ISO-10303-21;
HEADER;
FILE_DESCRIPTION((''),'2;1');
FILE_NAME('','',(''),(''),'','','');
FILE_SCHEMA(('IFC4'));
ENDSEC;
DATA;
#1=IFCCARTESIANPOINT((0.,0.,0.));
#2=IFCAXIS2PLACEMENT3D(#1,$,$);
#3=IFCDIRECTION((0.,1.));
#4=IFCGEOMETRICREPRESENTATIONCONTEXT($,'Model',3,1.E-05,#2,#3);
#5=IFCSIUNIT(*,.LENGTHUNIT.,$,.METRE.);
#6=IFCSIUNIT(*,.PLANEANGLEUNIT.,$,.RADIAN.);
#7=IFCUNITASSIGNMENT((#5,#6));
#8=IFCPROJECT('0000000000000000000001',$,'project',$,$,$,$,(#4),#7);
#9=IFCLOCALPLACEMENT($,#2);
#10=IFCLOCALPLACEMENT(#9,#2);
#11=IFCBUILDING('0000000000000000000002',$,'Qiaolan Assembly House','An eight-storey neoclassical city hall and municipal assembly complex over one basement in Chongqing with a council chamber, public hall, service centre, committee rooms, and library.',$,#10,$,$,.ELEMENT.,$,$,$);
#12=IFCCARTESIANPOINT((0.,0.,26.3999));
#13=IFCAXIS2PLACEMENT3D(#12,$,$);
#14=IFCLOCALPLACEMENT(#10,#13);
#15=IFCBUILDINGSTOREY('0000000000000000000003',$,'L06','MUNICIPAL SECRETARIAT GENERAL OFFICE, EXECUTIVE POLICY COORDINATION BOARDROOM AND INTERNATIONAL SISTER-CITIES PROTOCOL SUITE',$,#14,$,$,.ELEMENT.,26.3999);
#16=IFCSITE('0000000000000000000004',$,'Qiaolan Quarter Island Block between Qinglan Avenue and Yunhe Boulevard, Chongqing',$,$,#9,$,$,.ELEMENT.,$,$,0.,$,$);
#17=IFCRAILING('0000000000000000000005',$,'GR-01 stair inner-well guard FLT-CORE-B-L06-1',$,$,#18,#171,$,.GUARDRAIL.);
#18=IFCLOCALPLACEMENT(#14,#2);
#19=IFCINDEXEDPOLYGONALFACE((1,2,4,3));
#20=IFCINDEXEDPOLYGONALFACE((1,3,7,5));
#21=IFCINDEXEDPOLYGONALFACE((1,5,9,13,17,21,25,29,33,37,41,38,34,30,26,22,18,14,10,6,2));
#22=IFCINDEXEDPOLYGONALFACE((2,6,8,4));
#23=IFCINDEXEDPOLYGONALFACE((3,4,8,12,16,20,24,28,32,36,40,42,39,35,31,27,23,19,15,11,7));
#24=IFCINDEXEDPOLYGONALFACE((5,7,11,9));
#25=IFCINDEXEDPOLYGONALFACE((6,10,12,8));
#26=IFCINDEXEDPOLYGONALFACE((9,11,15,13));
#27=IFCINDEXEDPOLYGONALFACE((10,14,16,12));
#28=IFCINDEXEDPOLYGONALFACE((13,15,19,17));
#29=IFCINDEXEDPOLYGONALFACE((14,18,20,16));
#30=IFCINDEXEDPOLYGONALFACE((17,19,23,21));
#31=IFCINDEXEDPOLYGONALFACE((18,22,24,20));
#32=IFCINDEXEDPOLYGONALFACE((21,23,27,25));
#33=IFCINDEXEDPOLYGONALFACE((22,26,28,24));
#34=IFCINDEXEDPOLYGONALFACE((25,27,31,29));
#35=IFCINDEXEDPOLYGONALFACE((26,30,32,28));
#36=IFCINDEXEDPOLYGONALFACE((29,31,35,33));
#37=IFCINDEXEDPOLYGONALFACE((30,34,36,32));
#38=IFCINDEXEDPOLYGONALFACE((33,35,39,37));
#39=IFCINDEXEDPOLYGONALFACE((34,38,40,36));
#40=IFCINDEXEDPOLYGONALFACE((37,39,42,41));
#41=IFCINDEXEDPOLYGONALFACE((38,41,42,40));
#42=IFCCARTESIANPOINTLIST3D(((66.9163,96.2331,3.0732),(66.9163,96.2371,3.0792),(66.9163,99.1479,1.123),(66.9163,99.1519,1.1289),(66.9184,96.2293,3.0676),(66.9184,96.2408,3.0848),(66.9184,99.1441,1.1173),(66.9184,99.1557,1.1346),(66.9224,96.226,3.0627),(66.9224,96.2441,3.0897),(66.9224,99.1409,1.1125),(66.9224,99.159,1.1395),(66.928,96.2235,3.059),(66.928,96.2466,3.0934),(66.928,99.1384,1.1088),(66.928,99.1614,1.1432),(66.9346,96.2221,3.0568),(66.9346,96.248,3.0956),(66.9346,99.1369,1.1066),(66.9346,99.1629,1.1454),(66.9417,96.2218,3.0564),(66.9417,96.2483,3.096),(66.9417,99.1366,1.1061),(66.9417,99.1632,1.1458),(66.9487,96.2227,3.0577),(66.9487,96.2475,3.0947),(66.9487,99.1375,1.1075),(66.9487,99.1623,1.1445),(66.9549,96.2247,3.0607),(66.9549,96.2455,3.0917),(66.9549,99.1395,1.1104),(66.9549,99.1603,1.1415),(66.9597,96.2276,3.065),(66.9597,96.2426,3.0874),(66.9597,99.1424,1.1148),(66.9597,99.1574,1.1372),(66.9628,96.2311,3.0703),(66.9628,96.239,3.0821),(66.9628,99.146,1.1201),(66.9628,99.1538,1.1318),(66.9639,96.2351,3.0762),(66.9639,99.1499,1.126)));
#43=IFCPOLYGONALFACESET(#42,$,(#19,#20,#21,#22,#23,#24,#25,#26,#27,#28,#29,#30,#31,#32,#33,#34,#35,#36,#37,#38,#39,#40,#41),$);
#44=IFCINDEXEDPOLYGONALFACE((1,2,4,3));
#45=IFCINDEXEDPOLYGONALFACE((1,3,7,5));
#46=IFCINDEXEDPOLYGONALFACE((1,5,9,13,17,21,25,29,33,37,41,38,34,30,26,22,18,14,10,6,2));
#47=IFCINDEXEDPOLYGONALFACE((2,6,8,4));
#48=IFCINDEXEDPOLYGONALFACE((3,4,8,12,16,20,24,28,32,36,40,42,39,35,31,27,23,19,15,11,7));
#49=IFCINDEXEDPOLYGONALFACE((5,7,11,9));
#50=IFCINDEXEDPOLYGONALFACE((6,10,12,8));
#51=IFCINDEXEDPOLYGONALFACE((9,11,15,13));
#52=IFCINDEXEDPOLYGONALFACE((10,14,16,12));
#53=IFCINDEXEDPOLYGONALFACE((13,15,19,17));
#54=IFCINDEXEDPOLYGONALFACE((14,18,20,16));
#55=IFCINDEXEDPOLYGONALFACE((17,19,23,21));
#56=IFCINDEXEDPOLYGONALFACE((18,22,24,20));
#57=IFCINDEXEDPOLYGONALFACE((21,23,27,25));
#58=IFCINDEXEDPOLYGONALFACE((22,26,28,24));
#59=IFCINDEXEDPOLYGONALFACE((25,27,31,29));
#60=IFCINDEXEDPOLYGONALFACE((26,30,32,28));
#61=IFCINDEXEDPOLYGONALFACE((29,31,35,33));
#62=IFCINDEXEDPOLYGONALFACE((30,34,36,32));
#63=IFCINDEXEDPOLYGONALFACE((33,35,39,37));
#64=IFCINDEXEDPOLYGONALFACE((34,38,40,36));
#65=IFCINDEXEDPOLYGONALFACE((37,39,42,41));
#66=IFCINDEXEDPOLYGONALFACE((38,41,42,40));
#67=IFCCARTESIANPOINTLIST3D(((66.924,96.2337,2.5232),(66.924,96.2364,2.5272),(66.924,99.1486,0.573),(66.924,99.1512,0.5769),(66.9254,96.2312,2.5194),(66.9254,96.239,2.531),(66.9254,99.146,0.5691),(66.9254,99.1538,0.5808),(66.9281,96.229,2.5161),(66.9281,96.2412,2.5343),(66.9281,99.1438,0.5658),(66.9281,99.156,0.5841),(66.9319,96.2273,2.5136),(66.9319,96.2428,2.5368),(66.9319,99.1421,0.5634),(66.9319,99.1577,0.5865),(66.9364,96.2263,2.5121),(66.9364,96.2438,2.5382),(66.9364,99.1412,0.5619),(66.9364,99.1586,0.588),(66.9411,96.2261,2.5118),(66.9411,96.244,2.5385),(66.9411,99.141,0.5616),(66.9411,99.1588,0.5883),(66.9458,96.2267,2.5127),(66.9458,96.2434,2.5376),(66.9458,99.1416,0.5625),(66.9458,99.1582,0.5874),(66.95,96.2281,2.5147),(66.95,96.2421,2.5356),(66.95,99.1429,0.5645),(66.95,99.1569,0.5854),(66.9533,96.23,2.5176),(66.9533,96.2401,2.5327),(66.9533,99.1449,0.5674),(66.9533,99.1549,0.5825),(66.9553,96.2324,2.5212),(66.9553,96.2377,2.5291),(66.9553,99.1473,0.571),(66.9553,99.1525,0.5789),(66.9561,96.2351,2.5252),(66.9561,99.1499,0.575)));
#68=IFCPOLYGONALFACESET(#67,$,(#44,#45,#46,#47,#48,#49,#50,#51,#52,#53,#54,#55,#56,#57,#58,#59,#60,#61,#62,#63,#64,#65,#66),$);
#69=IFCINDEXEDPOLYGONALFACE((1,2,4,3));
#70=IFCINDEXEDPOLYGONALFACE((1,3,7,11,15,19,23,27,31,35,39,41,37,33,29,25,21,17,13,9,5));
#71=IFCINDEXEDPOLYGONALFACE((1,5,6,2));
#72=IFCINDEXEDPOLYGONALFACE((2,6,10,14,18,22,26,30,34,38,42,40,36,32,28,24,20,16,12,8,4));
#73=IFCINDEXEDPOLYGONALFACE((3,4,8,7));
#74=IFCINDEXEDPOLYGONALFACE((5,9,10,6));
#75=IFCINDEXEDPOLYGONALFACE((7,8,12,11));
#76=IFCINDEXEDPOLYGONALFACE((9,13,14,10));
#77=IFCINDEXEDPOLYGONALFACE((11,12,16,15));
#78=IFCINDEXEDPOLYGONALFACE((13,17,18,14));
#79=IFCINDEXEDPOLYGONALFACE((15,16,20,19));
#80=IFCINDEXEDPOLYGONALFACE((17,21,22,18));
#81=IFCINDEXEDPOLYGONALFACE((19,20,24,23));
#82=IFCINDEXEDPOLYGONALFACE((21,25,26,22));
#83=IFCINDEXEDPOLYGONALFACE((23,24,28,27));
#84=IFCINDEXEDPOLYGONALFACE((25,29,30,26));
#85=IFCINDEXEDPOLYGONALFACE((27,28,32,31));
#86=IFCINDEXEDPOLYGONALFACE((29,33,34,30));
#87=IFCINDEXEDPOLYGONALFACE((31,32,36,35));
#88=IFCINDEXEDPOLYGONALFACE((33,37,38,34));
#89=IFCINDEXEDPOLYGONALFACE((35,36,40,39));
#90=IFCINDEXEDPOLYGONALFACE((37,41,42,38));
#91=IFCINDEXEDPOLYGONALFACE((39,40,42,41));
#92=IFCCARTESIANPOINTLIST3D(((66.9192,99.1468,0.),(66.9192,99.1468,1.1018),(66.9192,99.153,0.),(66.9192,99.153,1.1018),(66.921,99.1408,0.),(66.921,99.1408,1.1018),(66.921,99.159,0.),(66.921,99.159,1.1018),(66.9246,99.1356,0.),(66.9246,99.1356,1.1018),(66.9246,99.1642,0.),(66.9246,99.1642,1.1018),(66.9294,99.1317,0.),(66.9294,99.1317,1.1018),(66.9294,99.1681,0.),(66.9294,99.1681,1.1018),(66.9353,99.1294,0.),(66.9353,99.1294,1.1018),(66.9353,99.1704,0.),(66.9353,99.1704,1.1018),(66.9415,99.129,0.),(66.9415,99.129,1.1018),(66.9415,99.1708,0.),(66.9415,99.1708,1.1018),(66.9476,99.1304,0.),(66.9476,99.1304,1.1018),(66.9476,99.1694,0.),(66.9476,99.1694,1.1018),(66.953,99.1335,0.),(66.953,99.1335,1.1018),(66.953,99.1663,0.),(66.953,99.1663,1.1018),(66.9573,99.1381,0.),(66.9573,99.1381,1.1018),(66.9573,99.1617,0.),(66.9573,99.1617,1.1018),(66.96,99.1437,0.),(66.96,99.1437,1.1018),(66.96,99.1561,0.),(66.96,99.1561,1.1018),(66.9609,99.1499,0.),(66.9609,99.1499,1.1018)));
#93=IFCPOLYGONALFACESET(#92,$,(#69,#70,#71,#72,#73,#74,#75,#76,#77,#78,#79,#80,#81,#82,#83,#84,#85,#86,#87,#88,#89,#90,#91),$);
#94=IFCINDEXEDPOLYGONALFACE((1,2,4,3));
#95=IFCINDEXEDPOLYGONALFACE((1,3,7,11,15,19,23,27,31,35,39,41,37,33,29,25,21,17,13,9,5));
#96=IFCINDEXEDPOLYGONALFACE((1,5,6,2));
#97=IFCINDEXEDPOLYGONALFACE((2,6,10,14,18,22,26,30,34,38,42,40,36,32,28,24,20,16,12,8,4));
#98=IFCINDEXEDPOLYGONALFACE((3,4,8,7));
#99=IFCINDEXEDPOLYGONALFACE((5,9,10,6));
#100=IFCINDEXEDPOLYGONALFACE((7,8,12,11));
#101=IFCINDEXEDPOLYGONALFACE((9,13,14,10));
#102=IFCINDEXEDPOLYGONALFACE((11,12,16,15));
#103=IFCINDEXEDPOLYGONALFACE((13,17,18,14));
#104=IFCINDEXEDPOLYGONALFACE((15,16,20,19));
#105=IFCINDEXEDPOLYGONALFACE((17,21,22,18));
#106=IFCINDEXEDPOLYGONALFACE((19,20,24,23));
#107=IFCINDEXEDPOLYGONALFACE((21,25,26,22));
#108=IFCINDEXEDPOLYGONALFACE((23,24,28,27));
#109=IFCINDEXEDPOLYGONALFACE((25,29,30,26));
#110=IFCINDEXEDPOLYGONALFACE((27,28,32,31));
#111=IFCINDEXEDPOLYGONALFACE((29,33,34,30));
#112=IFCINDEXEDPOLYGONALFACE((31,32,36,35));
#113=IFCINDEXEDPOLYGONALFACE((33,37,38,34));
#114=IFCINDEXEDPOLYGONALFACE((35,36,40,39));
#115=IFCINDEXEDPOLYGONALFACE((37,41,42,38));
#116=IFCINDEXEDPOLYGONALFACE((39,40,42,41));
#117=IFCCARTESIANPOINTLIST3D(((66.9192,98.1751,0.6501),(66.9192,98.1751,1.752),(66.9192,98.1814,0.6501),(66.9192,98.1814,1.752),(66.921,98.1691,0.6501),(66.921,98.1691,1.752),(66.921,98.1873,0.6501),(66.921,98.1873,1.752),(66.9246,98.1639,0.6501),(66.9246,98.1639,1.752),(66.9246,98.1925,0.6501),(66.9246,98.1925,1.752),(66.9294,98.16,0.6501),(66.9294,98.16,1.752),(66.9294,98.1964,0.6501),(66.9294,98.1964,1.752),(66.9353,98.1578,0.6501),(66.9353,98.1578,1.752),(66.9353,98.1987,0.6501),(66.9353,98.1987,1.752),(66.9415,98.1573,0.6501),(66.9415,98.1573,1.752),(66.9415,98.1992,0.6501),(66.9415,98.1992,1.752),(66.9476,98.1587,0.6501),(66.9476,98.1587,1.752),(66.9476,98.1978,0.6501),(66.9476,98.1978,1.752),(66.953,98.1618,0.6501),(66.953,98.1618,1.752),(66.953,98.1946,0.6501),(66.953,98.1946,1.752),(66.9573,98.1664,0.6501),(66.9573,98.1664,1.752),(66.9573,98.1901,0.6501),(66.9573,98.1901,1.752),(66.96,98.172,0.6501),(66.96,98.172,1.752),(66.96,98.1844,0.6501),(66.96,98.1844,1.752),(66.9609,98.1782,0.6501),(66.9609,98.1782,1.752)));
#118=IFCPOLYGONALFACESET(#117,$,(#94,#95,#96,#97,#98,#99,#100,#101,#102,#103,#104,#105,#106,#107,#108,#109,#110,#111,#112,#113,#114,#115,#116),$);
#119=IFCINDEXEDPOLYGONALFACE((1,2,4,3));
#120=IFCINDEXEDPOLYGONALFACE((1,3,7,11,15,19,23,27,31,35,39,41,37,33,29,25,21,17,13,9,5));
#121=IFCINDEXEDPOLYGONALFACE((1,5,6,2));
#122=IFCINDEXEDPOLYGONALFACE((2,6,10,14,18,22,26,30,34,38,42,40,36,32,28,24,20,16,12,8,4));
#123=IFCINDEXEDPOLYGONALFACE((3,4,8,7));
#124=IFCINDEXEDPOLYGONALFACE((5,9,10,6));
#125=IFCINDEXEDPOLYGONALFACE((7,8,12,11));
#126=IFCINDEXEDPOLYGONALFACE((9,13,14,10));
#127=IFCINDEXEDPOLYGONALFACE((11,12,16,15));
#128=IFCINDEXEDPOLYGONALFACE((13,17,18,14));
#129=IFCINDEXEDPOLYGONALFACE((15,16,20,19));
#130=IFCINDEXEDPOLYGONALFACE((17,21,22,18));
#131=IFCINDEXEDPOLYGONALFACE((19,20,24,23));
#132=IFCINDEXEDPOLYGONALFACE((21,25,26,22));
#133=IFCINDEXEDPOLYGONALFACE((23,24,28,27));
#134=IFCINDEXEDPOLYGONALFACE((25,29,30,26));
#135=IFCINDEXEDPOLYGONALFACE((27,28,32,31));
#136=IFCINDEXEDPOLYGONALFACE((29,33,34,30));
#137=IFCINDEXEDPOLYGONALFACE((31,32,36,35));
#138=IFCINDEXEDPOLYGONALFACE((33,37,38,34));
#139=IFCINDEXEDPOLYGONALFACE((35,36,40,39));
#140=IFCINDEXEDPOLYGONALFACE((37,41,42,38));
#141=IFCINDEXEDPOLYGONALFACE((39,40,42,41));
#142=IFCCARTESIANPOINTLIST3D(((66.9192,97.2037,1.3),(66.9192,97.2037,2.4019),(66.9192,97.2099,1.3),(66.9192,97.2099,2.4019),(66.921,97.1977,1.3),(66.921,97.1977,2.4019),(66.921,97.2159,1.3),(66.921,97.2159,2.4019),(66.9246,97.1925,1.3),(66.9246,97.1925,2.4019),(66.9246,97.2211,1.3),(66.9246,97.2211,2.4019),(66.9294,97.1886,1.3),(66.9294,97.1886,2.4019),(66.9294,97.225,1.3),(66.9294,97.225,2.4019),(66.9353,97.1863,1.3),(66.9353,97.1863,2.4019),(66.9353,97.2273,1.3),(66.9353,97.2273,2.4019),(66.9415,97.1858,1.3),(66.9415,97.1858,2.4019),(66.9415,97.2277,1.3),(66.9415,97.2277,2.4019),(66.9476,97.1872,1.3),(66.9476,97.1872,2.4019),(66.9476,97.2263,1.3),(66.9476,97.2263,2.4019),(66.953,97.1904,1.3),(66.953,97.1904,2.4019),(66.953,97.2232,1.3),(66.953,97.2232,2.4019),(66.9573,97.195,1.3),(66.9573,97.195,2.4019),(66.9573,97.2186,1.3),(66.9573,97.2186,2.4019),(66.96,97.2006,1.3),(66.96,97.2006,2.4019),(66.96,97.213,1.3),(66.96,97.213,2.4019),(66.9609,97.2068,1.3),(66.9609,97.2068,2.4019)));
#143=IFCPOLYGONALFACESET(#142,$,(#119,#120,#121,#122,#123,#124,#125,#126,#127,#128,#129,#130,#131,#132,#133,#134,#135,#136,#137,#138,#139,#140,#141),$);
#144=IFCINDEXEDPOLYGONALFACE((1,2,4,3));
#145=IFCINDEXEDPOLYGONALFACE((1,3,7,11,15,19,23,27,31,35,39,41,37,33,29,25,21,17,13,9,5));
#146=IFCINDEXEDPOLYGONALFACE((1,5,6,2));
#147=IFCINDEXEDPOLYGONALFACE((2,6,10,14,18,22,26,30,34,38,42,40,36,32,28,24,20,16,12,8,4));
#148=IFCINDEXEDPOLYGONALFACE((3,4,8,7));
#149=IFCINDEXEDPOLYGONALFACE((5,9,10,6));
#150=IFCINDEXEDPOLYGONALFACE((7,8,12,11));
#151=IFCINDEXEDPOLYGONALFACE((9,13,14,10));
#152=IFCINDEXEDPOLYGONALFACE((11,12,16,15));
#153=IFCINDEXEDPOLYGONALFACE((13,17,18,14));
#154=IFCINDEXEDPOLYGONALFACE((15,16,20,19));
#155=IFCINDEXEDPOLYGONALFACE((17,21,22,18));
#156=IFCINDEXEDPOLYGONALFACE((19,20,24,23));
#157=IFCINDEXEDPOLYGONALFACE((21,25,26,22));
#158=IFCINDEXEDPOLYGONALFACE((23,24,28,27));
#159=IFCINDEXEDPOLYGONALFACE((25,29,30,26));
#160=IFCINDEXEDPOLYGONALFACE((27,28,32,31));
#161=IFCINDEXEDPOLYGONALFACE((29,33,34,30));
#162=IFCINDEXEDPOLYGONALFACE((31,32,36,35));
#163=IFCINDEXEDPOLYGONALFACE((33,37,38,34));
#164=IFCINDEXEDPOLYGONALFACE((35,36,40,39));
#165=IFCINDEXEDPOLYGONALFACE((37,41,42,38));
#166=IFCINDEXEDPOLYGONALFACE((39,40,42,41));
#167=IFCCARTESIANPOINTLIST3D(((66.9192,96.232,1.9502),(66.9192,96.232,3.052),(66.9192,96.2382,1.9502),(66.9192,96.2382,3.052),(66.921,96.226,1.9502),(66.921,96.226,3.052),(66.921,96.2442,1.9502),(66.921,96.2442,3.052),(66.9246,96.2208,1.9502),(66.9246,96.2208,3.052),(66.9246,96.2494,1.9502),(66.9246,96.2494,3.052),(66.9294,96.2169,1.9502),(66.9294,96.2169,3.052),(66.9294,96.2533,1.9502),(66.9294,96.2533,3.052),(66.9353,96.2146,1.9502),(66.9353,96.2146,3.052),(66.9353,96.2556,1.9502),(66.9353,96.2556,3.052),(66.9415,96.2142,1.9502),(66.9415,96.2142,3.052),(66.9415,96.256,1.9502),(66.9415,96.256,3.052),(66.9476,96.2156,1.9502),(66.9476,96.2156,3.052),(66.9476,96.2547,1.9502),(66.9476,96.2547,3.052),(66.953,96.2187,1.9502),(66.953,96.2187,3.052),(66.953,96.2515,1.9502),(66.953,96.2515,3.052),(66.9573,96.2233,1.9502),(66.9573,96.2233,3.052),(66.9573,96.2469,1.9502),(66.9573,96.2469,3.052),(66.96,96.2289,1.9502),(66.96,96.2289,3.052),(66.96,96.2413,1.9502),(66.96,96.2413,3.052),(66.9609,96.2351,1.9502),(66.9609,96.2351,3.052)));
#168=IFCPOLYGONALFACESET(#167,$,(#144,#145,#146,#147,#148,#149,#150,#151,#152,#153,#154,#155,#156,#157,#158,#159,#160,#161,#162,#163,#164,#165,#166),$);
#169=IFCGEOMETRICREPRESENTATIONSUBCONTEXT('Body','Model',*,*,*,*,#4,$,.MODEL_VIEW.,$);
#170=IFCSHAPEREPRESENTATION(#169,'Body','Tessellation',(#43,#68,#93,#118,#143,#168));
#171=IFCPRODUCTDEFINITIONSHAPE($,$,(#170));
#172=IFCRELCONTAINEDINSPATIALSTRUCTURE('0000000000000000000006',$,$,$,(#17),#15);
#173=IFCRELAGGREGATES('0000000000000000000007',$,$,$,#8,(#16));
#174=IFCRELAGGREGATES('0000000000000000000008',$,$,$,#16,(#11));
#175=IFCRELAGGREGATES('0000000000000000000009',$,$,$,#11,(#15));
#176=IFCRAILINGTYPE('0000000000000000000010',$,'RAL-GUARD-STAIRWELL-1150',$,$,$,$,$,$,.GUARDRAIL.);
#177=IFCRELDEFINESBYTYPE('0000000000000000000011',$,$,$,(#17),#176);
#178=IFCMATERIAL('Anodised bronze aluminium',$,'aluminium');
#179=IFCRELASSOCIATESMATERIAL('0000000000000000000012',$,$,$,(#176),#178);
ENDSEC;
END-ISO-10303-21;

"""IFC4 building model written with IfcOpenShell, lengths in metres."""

from ifc_helpers import new_model, si_unit, direction, frame, origin, origin_2d, place, context, subcontext, project, spatial, circle, extrude, material, type_object, element, save


model = new_model("IFC4")

# Units and contexts
model_context = context("Model", 3, precision=1e-05, world=origin(), true_north=direction((0.0, 1.0)))
body_context = subcontext(model_context, "Body", "Model", "MODEL_VIEW")
ifc_project = project(units=[si_unit("LENGTHUNIT", "METRE"), si_unit("PLANEANGLEUNIT", "RADIAN")], contexts=[model_context])

# Site, building, storey
site_placement = place(None, origin())
site = spatial("IfcSite", under=ifc_project, at=site_placement, Name="Qiaolan Quarter Island Block between Qinglan Avenue and Yunhe Boulevard, Chongqing", CompositionType="ELEMENT", RefElevation=0.0)
building_placement = place(site_placement, origin())
building = spatial("IfcBuilding", under=site, at=building_placement, Name="Qiaolan Assembly House", Description="An eight-storey neoclassical city hall and municipal assembly complex over one basement in Chongqing with a council chamber, public hall, service centre, committee rooms, and library.", CompositionType="ELEMENT")
storey_placement = place(building_placement, frame((0.0, 0.0, 26.3999)))
storey = spatial("IfcBuildingStorey", under=building, at=storey_placement, Name="L06", Description="MUNICIPAL SECRETARIAT GENERAL OFFICE, EXECUTIVE POLICY COORDINATION BOARDROOM AND INTERNATIONAL SISTER-CITIES PROTOCOL SUITE", CompositionType="ELEMENT", Elevation=26.3999)

# Railing
ifc_material_1 = material(Name="Anodised bronze aluminium", Category="aluminium")
railing_type_1 = type_object("IfcRailingType", Name="RAL-GUARD-STAIRWELL-1150", PredefinedType="GUARDRAIL", material=ifc_material_1)
railing_1_placement = place(storey_placement, frame((66.9399, 99.1499, 0.0)))
element("IfcRailing", 1, at=railing_1_placement, inside=storey, type_object=railing_type_1, Name="GR-01 stair inner-well guard FLT-CORE-B-L06-1", PredefinedType="GUARDRAIL", context=body_context, shape_type="SweptSolid", body=[
    extrude(circle(Radius=0.0239, at=origin_2d()), frame((0.0, 0.0, 1.126), z_axis=(0.0, -0.831128, 0.556081), x_axis=(1.0, 0.0, 0.0)), (0.0, 0.0, 1.0), 3.5071),
    extrude(circle(Radius=0.0161, at=origin_2d()), frame((0.0, 0.0, 0.575), z_axis=(0.0, -0.831128, 0.556081), x_axis=(1.0, 0.0, 0.0)), (0.0, 0.0, 1.0), 3.5071),
    extrude(circle(Radius=0.021, at=origin_2d()), origin(), (0.0, 0.0, 1.0), 1.1018),
    extrude(circle(Radius=0.021, at=origin_2d()), frame((0.0, -0.9717, 0.6501)), (0.0, 0.0, 1.0), 1.1018),
    extrude(circle(Radius=0.021, at=origin_2d()), frame((0.0, -1.9431, 1.3)), (0.0, 0.0, 1.0), 1.1018),
    extrude(circle(Radius=0.021, at=origin_2d()), frame((0.0, -2.9148, 1.9502)), (0.0, 0.0, 1.0), 1.1018),
])

save(model, "model.ifc")
